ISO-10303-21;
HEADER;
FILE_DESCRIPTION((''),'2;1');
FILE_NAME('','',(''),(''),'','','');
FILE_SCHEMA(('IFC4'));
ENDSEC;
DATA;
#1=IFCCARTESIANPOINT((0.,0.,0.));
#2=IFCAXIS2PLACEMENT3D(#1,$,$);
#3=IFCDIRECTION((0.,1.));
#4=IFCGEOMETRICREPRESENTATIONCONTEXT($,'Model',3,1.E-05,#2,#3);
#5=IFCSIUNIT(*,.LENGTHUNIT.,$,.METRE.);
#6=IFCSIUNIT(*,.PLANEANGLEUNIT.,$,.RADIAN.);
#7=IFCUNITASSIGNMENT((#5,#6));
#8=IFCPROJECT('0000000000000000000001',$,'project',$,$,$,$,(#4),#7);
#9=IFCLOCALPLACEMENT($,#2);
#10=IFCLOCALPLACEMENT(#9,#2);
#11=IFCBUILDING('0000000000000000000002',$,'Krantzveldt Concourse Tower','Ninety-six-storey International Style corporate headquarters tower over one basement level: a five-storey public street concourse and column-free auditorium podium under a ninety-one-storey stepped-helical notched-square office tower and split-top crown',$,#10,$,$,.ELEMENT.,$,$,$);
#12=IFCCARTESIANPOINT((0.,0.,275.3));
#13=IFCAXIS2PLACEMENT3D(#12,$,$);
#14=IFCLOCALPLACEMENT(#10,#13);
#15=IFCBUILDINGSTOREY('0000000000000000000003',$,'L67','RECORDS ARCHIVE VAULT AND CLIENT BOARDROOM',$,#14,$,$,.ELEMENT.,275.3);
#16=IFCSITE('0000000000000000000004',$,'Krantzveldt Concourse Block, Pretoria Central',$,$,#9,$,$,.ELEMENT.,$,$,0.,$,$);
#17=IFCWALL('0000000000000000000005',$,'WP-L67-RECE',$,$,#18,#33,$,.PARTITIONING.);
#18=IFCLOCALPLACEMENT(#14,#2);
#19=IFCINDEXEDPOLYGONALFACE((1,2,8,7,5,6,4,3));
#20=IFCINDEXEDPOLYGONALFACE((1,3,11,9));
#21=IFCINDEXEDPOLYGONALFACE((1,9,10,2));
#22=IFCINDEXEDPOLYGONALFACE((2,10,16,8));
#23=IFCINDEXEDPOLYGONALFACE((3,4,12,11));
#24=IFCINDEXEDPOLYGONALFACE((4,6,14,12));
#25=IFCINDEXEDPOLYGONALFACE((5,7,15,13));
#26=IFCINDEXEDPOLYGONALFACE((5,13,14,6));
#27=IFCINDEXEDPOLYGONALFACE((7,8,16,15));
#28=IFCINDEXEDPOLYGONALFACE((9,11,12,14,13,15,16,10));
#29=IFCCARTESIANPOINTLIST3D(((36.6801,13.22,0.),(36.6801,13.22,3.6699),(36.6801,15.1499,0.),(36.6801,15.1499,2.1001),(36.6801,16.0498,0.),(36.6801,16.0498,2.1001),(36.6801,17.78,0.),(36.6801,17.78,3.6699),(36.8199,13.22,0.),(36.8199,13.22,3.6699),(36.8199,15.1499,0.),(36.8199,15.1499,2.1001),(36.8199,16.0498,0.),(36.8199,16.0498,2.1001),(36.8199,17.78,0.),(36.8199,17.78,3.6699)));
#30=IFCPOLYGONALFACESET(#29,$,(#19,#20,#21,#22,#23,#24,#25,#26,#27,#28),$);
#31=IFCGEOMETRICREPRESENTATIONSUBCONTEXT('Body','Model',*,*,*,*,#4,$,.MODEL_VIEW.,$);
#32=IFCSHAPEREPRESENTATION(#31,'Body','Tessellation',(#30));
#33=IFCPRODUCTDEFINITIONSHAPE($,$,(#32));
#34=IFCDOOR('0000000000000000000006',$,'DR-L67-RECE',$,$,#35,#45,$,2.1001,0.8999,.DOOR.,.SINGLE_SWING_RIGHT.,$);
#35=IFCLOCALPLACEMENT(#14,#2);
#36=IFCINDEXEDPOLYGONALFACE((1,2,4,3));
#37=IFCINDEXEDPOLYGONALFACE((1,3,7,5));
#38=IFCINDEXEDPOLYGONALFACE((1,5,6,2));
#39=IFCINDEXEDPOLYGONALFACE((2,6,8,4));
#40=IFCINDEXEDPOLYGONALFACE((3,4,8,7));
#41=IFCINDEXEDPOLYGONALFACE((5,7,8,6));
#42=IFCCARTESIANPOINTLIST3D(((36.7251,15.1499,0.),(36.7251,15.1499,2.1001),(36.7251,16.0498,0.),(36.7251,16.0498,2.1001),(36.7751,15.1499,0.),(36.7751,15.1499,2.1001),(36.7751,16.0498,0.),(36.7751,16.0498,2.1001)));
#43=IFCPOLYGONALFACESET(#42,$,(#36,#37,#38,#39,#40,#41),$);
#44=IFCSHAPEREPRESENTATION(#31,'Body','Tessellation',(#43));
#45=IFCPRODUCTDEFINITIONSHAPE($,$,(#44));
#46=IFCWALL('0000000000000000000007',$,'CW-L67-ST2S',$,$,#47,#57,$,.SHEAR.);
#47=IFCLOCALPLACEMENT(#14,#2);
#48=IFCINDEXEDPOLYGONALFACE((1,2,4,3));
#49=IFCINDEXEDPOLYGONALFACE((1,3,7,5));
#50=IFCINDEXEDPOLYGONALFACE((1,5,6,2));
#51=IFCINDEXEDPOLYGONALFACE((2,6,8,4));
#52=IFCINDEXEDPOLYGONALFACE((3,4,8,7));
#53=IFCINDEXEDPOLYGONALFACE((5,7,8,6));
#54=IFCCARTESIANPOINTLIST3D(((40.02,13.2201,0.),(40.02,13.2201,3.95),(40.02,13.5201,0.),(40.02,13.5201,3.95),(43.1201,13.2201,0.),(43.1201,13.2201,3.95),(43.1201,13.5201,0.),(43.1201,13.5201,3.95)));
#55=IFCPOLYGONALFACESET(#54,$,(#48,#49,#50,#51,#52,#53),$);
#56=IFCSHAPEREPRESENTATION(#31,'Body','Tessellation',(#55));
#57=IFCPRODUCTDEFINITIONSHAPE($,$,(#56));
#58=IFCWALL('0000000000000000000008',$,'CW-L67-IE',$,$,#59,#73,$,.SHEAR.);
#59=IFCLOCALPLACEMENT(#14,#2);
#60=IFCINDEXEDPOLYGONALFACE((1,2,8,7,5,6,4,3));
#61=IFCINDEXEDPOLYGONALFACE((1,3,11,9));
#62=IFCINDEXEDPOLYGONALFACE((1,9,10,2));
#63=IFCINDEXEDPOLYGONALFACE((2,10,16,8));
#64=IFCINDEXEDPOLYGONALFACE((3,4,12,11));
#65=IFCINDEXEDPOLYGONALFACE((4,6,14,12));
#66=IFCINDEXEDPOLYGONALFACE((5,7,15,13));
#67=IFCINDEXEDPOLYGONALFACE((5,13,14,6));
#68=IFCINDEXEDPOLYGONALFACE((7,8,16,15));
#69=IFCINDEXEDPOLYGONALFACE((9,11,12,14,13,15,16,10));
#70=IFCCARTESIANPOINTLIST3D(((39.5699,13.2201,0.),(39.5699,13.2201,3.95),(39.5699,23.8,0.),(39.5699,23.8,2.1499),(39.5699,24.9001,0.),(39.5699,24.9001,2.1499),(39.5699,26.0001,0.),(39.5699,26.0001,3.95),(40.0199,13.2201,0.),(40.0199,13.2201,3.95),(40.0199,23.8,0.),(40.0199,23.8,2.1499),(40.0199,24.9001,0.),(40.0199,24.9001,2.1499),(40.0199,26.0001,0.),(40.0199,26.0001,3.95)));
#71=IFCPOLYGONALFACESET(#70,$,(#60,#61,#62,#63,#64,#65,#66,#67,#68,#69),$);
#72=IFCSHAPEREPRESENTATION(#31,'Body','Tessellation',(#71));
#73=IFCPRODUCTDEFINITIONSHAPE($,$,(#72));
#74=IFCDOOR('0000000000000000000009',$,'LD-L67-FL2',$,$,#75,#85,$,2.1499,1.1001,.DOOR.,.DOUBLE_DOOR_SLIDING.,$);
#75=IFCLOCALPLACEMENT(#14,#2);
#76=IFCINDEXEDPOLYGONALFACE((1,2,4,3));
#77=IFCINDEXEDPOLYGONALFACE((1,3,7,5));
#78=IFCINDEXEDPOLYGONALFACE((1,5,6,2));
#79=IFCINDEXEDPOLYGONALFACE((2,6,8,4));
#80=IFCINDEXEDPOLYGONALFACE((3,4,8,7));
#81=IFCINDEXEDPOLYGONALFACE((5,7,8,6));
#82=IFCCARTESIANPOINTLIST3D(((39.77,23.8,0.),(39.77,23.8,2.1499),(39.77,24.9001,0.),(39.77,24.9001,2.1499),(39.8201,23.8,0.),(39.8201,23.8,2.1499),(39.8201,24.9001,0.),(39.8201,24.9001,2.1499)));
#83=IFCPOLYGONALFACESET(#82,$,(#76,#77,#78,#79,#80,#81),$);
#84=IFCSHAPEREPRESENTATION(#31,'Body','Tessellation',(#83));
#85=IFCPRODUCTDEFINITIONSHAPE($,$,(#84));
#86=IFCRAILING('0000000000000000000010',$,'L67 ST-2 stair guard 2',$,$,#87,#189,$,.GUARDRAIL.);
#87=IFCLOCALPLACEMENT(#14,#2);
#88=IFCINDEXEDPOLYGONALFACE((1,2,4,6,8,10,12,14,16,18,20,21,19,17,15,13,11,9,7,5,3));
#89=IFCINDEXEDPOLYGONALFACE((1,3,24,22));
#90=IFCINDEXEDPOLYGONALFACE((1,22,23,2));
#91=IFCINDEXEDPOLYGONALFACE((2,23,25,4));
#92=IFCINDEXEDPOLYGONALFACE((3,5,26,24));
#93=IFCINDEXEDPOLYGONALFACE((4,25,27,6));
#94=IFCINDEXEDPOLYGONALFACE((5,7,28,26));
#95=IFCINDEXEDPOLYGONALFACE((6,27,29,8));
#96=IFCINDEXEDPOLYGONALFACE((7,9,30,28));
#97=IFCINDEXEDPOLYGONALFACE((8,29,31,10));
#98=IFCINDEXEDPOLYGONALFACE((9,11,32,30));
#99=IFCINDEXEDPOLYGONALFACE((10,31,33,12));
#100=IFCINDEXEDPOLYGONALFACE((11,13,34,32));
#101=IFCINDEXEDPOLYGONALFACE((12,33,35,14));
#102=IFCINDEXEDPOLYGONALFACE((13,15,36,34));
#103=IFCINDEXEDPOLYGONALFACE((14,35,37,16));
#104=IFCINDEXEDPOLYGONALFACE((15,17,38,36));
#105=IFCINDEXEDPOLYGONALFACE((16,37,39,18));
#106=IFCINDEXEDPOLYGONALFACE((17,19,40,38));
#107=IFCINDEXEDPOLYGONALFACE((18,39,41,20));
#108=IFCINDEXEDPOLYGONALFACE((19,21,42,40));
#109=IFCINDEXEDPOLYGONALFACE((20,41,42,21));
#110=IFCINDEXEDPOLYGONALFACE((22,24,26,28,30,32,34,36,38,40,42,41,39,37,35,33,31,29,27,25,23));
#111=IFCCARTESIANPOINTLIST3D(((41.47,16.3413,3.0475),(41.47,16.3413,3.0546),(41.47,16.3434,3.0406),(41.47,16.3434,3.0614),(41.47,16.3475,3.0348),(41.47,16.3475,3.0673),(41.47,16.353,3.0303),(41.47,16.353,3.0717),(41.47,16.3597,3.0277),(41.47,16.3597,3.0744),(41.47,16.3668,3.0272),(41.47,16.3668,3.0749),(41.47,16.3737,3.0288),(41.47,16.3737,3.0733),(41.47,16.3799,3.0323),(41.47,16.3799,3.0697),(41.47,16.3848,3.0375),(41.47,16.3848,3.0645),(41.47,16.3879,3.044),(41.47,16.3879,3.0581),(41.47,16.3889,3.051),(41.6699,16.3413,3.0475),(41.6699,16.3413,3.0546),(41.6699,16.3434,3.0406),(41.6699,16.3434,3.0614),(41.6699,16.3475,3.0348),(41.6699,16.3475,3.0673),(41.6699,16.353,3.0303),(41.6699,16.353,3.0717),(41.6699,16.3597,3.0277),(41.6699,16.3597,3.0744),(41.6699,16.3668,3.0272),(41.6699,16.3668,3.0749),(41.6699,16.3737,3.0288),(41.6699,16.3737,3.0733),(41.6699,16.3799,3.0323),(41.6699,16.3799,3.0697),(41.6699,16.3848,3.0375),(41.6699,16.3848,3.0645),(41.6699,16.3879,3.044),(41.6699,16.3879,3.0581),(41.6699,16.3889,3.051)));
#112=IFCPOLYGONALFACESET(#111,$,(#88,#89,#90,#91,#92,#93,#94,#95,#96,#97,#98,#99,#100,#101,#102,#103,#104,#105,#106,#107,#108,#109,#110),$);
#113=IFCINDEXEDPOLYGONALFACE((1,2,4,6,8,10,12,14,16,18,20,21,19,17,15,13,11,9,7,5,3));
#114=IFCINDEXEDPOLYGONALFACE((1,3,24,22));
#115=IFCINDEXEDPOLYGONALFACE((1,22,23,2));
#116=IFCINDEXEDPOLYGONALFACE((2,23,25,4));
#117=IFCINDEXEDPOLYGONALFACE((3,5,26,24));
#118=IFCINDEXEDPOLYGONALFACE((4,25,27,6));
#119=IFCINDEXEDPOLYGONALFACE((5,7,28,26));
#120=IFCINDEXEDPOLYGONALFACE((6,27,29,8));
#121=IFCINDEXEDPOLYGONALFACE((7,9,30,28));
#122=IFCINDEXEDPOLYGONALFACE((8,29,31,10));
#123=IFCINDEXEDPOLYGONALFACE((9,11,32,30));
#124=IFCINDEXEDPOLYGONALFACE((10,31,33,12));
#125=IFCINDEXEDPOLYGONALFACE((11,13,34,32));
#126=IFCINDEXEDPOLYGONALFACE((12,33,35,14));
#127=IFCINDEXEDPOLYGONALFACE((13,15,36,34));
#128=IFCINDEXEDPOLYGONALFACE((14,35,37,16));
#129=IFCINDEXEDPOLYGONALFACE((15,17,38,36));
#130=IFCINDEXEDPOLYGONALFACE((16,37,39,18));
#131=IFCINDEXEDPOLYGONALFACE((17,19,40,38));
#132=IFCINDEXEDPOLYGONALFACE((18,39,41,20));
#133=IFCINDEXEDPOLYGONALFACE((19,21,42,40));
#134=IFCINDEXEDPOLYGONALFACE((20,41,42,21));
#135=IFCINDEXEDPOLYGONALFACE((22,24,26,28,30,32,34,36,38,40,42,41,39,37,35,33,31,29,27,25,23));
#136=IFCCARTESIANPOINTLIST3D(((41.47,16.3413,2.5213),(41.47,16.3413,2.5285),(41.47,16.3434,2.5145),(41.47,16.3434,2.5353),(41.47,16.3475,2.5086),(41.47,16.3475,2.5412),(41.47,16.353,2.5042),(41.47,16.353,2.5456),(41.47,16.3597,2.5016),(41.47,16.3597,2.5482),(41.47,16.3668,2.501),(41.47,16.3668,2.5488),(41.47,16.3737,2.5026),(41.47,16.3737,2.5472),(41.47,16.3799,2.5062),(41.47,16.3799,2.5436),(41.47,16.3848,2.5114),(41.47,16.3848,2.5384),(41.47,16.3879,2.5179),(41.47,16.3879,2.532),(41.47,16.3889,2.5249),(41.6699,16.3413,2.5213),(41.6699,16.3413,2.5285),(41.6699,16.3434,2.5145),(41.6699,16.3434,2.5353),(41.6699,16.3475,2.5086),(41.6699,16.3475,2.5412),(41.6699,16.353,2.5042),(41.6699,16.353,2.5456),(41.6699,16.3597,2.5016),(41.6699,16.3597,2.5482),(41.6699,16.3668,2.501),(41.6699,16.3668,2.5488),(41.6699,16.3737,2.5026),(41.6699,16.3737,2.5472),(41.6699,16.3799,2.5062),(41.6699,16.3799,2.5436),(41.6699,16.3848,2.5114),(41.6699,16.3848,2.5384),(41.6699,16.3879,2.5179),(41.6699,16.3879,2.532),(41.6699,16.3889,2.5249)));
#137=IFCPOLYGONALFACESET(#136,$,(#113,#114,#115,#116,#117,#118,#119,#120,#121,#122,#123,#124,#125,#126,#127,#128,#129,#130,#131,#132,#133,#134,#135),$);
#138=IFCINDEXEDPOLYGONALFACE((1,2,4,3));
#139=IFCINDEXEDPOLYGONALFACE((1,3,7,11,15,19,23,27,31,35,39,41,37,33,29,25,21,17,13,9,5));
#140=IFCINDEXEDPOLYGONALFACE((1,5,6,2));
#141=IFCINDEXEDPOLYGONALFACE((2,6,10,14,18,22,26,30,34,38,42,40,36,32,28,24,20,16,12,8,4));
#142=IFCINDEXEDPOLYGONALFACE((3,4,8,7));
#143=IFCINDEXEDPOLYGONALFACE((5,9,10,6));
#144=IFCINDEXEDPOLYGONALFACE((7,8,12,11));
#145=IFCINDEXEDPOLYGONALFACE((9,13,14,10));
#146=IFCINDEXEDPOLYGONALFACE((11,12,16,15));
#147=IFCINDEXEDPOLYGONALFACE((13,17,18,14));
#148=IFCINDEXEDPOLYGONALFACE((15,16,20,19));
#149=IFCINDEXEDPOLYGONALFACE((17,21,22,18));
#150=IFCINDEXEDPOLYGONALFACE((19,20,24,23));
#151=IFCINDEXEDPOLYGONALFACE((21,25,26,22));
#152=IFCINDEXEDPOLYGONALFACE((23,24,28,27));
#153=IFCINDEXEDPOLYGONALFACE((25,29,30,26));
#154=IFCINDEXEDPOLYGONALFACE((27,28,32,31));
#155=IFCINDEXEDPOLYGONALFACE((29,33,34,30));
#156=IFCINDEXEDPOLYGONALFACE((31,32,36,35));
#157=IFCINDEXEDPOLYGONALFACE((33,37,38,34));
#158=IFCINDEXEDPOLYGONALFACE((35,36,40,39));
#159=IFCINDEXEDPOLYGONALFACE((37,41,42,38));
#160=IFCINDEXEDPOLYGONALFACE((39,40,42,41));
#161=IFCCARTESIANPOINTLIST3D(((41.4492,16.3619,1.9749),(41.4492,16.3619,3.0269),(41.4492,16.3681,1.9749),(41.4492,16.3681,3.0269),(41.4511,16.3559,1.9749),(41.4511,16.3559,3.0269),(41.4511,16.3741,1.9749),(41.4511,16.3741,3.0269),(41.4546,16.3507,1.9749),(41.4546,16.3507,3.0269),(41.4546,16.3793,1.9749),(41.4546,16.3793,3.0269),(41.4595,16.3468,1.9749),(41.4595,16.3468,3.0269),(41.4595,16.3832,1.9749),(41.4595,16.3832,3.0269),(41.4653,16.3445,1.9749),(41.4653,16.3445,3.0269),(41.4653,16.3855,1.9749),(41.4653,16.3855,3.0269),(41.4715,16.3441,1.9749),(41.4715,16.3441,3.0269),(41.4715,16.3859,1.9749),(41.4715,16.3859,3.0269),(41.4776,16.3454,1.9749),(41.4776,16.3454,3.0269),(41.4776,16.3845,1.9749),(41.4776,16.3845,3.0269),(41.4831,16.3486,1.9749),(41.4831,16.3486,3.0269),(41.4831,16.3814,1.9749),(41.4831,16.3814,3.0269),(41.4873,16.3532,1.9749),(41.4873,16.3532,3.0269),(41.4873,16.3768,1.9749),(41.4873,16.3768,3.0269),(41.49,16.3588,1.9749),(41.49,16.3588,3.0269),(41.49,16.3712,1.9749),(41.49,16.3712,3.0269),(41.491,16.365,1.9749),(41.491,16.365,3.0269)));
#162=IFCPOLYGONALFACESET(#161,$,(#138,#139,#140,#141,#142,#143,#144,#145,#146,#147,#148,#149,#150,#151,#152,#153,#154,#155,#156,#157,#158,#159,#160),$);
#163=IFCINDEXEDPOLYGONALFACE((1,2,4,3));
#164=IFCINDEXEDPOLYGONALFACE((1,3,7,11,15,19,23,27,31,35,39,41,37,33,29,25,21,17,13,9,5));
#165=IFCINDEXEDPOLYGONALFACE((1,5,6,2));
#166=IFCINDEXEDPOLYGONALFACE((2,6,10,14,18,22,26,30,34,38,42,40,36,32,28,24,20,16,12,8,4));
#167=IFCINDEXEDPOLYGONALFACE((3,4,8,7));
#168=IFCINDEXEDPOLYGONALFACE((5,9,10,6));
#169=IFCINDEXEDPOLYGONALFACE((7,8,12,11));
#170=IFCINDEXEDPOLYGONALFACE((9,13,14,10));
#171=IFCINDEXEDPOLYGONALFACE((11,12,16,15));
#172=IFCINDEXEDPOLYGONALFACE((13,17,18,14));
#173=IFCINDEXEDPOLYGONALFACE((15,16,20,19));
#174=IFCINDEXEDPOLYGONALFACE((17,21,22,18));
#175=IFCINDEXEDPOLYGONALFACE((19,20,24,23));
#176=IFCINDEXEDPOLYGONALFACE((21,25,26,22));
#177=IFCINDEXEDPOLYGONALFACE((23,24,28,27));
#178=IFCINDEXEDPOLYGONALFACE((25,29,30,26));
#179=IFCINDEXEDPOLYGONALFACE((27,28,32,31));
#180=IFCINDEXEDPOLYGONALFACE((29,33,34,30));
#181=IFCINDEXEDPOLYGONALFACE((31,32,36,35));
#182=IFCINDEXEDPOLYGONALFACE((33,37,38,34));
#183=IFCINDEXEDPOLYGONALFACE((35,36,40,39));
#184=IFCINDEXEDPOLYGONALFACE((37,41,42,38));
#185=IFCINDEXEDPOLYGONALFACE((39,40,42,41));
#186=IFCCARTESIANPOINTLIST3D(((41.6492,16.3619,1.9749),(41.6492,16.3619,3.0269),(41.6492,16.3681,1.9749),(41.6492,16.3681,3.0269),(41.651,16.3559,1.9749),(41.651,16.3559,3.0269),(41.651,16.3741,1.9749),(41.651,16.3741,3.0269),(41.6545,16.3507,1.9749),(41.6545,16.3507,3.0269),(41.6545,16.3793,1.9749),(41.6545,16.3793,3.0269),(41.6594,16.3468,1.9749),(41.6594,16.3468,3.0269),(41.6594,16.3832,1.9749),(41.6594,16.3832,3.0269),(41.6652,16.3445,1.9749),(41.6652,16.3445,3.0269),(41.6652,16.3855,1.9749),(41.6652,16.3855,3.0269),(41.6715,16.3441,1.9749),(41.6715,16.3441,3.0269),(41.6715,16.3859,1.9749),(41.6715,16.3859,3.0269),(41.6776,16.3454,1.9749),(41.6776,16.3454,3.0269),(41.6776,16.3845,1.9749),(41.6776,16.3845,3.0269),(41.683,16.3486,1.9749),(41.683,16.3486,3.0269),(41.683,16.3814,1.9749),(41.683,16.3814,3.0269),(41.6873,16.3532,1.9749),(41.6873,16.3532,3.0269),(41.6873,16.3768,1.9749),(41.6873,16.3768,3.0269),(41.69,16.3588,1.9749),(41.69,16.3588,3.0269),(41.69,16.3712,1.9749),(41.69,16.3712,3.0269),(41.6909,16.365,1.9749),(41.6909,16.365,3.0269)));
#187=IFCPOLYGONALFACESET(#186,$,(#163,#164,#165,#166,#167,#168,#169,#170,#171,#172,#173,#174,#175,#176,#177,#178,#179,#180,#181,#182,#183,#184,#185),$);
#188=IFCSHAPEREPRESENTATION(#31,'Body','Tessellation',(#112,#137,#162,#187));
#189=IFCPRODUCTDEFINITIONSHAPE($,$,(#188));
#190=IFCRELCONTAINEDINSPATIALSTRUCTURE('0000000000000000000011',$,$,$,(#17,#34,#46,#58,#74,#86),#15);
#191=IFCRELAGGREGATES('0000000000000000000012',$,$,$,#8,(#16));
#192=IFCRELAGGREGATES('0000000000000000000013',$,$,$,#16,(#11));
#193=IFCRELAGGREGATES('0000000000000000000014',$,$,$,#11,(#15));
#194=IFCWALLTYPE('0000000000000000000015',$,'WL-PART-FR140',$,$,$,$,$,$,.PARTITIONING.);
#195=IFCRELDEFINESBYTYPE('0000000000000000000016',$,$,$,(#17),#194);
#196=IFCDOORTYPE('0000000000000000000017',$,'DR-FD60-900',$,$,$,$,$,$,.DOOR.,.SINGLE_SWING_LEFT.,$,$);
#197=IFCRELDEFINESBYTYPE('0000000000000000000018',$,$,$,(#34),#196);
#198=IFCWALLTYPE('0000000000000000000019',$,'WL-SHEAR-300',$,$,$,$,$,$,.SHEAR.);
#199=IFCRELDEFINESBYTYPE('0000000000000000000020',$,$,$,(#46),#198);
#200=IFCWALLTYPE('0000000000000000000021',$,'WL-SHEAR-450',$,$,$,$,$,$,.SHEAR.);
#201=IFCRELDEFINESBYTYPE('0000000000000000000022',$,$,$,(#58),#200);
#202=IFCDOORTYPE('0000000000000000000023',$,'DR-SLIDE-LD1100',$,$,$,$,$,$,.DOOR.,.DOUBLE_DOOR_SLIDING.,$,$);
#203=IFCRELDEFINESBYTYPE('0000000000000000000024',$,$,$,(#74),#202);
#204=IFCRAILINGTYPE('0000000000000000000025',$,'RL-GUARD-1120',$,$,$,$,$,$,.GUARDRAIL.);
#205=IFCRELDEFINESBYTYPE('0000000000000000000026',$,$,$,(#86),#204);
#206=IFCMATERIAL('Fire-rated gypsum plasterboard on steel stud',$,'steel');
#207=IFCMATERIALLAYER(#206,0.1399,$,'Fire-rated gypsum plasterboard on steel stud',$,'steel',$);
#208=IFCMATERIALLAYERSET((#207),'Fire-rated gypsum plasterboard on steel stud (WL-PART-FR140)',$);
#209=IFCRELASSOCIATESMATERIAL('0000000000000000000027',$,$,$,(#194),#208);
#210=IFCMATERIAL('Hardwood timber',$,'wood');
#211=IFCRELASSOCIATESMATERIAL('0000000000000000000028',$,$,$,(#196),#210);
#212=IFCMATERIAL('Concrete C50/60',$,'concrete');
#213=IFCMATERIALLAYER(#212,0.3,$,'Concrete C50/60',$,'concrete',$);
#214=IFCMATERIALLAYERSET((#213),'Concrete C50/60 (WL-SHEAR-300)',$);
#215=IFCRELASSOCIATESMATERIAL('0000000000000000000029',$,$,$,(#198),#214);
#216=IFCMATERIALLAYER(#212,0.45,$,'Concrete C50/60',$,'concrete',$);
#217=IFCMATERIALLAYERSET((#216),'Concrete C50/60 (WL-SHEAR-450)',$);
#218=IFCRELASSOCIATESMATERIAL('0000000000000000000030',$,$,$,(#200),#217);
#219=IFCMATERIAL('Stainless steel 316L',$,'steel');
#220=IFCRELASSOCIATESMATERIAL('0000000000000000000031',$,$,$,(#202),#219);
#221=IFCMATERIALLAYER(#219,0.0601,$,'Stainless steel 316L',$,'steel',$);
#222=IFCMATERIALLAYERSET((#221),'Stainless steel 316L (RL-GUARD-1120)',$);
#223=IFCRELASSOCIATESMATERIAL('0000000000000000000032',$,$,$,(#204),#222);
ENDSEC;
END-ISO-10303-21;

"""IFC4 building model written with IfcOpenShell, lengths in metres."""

from ifc_helpers import new_model, si_unit, direction, frame, frame_2d, origin, origin_2d, place, context, subcontext, project, spatial, rectangle, circle, extrude, material, layer, layer_set, type_object, element, fill, save


model = new_model("IFC4")

# Units and contexts
model_context = context("Model", 3, precision=1e-05, world=origin(), true_north=direction((0.0, 1.0)))
body_context = subcontext(model_context, "Body", "Model", "MODEL_VIEW")
ifc_project = project(units=[si_unit("LENGTHUNIT", "METRE"), si_unit("PLANEANGLEUNIT", "RADIAN")], contexts=[model_context])

# Site, building, storey
site_placement = place(None, origin())
site = spatial("IfcSite", under=ifc_project, at=site_placement, Name="Krantzveldt Concourse Block, Pretoria Central", CompositionType="ELEMENT", RefElevation=0.0)
building_placement = place(site_placement, origin())
building = spatial("IfcBuilding", under=site, at=building_placement, Name="Krantzveldt Concourse Tower", Description="Ninety-six-storey International Style corporate headquarters tower over one basement level: a five-storey public street concourse and column-free auditorium podium under a ninety-one-storey stepped-helical notched-square office tower and split-top crown", CompositionType="ELEMENT")
storey_placement = place(building_placement, frame((0.0, 0.0, 275.3)))
storey = spatial("IfcBuildingStorey", under=building, at=storey_placement, Name="L67", Description="RECORDS ARCHIVE VAULT AND CLIENT BOARDROOM", CompositionType="ELEMENT", Elevation=275.3)

# Shared definitions
ifc_material_1 = material(Name="Fire-rated gypsum plasterboard on steel stud", Category="steel")

# Wall, opening, door
ifc_layer_1 = layer(ifc_material_1, 0.1399, Name="Fire-rated gypsum plasterboard on steel stud", Category="steel")
ifc_layer_set_1 = layer_set([ifc_layer_1], Name="Fire-rated gypsum plasterboard on steel stud (WL-PART-FR140)")
wall_type_1 = type_object("IfcWallType", Name="WL-PART-FR140", PredefinedType="PARTITIONING", material=ifc_layer_set_1)
ifc_material_2 = material(Name="Hardwood timber", Category="wood")
door_type_1 = type_object("IfcDoorType", Name="DR-FD60-900", OperationType="SINGLE_SWING_LEFT", PredefinedType="DOOR", material=ifc_material_2)
wall_1_placement = place(storey_placement, frame((36.75, 13.22, 0.0), z_axis=(0.0, 0.0, 1.0), x_axis=(0.0, 1.0, 0.0)))
wall_1 = element("IfcWall", 1, at=wall_1_placement, inside=storey, type_object=wall_type_1, Name="WP-L67-RECE", PredefinedType="PARTITIONING", context=body_context, shape_type="SweptSolid", body=[
    extrude(rectangle(XDim=4.5601, YDim=0.1399, at=frame_2d((2.28, 0.0))), origin(), (0.0, 0.0, 1.0), 3.6699),
])
opening_1_placement = place(wall_1_placement, frame((1.9299, 0.0, 0.0)))
opening_1 = element("IfcOpeningElement", 2, at=opening_1_placement, cuts=wall_1, PredefinedType="OPENING", context=body_context, shape_type="SweptSolid", body=[
    extrude(rectangle(XDim=0.8999, YDim=2.1001, at=frame_2d((0.45, 1.05))), frame((0.0, 0.0801, 0.0), z_axis=(0.0, -1.0, 0.0), x_axis=(1.0, 0.0, 0.0)), (0.0, 0.0, 1.0), 0.1599),
])
door_1_placement = place(opening_1_placement, origin())
door_1 = element("IfcDoor", 3, at=door_1_placement, inside=storey, type_object=door_type_1, Name="DR-L67-RECE", OperationType="SINGLE_SWING_RIGHT", OverallHeight=2.1001, OverallWidth=0.8999, PredefinedType="DOOR", context=body_context, shape_type="SweptSolid", body=[
    extrude(rectangle(XDim=0.8999, YDim=2.1001, at=frame_2d((0.45, 1.05))), frame((0.0, 0.0249, 0.0), z_axis=(0.0, -1.0, 0.0), x_axis=(1.0, 0.0, 0.0)), (0.0, 0.0, 1.0), 0.05),
])
fill(opening_1, door_1)

# Wall
ifc_material_3 = material(Name="Concrete C50/60", Category="concrete")
ifc_layer_2 = layer(ifc_material_3, 0.3, Name="Concrete C50/60", Category="concrete")
ifc_layer_set_2 = layer_set([ifc_layer_2], Name="Concrete C50/60 (WL-SHEAR-300)")
wall_type_2 = type_object("IfcWallType", Name="WL-SHEAR-300", PredefinedType="SHEAR", material=ifc_layer_set_2)
wall_2_placement = place(storey_placement, frame((40.02, 13.3701, 0.0), z_axis=(0.0, 0.0, 1.0), x_axis=(1.0, 0.0, 0.0)))
element("IfcWall", 4, at=wall_2_placement, inside=storey, type_object=wall_type_2, Name="CW-L67-ST2S", PredefinedType="SHEAR", context=body_context, shape_type="SweptSolid", body=[
    extrude(rectangle(XDim=3.1001, YDim=0.3, at=frame_2d((1.55, 0.0))), origin(), (0.0, 0.0, 1.0), 3.95),
])

# Wall, opening, door
ifc_layer_3 = layer(ifc_material_3, 0.45, Name="Concrete C50/60", Category="concrete")
ifc_layer_set_3 = layer_set([ifc_layer_3], Name="Concrete C50/60 (WL-SHEAR-450)")
wall_type_3 = type_object("IfcWallType", Name="WL-SHEAR-450", PredefinedType="SHEAR", material=ifc_layer_set_3)
wall_3_placement = place(storey_placement, frame((39.7949, 13.22, 0.0), z_axis=(0.0, 0.0, 1.0), x_axis=(0.0, 1.0, 0.0)))
wall_3 = element("IfcWall", 5, at=wall_3_placement, inside=storey, type_object=wall_type_3, Name="CW-L67-IE", PredefinedType="SHEAR", context=body_context, shape_type="SweptSolid", body=[
    extrude(rectangle(XDim=12.78, YDim=0.45, at=frame_2d((6.3901, 0.0))), origin(), (0.0, 0.0, 1.0), 3.95),
])
opening_2_placement = place(wall_3_placement, frame((10.5801, 0.0, 0.0)))
opening_2 = element("IfcOpeningElement", 6, at=opening_2_placement, cuts=wall_3, PredefinedType="OPENING", context=body_context, shape_type="SweptSolid", body=[
    extrude(rectangle(XDim=1.1001, YDim=2.1499, at=frame_2d((0.55, 1.075))), frame((0.0, 0.2349, 0.0), z_axis=(0.0, -1.0, 0.0), x_axis=(1.0, 0.0, 0.0)), (0.0, 0.0, 1.0), 0.47),
])
ifc_material_4 = material(Name="Stainless steel 316L", Category="steel")
door_type_2 = type_object("IfcDoorType", Name="DR-SLIDE-LD1100", OperationType="DOUBLE_DOOR_SLIDING", PredefinedType="DOOR", material=ifc_material_4)
door_2_placement = place(opening_2_placement, origin())
door_2 = element("IfcDoor", 7, at=door_2_placement, inside=storey, type_object=door_type_2, Name="LD-L67-FL2", OperationType="DOUBLE_DOOR_SLIDING", OverallHeight=2.1499, OverallWidth=1.1001, PredefinedType="DOOR", context=body_context, shape_type="SweptSolid", body=[
    extrude(rectangle(XDim=1.1001, YDim=2.1499, at=frame_2d((0.55, 1.075))), frame((0.0, 0.0249, 0.0), z_axis=(0.0, -1.0, 0.0), x_axis=(1.0, 0.0, 0.0)), (0.0, 0.0, 1.0), 0.05),
])
fill(opening_2, door_2)

# Railing
ifc_layer_4 = layer(ifc_material_4, 0.0601, Name="Stainless steel 316L", Category="steel")
ifc_layer_set_4 = layer_set([ifc_layer_4], Name="Stainless steel 316L (RL-GUARD-1120)")
railing_type = type_object("IfcRailingType", Name="RL-GUARD-1120", PredefinedType="GUARDRAIL", material=ifc_layer_set_4)
railing_placement = place(storey_placement, frame((41.47, 16.365, 1.9749)))
element("IfcRailing", 8, at=railing_placement, inside=storey, type_object=railing_type, Name="L67 ST-2 stair guard 2", PredefinedType="GUARDRAIL", context=body_context, shape_type="SweptSolid", body=[
    extrude(circle(Radius=0.0239, at=origin_2d()), frame((0.0, 0.0, 1.0762), z_axis=(1.0, 0.0, 0.0), x_axis=(0.0, 1.0, 0.0)), (0.0, 0.0, 1.0), 0.2),
    extrude(circle(Radius=0.0239, at=origin_2d()), frame((0.0, 0.0, 0.55), z_axis=(1.0, 0.0, 0.0), x_axis=(0.0, 1.0, 0.0)), (0.0, 0.0, 1.0), 0.2),
    extrude(circle(Radius=0.021, at=origin_2d()), origin(), (0.0, 0.0, 1.0), 1.052),
    extrude(circle(Radius=0.021, at=origin_2d()), frame((0.2, 0.0, 0.0)), (0.0, 0.0, 1.0), 1.052),
])

save(model, "model.ifc")
